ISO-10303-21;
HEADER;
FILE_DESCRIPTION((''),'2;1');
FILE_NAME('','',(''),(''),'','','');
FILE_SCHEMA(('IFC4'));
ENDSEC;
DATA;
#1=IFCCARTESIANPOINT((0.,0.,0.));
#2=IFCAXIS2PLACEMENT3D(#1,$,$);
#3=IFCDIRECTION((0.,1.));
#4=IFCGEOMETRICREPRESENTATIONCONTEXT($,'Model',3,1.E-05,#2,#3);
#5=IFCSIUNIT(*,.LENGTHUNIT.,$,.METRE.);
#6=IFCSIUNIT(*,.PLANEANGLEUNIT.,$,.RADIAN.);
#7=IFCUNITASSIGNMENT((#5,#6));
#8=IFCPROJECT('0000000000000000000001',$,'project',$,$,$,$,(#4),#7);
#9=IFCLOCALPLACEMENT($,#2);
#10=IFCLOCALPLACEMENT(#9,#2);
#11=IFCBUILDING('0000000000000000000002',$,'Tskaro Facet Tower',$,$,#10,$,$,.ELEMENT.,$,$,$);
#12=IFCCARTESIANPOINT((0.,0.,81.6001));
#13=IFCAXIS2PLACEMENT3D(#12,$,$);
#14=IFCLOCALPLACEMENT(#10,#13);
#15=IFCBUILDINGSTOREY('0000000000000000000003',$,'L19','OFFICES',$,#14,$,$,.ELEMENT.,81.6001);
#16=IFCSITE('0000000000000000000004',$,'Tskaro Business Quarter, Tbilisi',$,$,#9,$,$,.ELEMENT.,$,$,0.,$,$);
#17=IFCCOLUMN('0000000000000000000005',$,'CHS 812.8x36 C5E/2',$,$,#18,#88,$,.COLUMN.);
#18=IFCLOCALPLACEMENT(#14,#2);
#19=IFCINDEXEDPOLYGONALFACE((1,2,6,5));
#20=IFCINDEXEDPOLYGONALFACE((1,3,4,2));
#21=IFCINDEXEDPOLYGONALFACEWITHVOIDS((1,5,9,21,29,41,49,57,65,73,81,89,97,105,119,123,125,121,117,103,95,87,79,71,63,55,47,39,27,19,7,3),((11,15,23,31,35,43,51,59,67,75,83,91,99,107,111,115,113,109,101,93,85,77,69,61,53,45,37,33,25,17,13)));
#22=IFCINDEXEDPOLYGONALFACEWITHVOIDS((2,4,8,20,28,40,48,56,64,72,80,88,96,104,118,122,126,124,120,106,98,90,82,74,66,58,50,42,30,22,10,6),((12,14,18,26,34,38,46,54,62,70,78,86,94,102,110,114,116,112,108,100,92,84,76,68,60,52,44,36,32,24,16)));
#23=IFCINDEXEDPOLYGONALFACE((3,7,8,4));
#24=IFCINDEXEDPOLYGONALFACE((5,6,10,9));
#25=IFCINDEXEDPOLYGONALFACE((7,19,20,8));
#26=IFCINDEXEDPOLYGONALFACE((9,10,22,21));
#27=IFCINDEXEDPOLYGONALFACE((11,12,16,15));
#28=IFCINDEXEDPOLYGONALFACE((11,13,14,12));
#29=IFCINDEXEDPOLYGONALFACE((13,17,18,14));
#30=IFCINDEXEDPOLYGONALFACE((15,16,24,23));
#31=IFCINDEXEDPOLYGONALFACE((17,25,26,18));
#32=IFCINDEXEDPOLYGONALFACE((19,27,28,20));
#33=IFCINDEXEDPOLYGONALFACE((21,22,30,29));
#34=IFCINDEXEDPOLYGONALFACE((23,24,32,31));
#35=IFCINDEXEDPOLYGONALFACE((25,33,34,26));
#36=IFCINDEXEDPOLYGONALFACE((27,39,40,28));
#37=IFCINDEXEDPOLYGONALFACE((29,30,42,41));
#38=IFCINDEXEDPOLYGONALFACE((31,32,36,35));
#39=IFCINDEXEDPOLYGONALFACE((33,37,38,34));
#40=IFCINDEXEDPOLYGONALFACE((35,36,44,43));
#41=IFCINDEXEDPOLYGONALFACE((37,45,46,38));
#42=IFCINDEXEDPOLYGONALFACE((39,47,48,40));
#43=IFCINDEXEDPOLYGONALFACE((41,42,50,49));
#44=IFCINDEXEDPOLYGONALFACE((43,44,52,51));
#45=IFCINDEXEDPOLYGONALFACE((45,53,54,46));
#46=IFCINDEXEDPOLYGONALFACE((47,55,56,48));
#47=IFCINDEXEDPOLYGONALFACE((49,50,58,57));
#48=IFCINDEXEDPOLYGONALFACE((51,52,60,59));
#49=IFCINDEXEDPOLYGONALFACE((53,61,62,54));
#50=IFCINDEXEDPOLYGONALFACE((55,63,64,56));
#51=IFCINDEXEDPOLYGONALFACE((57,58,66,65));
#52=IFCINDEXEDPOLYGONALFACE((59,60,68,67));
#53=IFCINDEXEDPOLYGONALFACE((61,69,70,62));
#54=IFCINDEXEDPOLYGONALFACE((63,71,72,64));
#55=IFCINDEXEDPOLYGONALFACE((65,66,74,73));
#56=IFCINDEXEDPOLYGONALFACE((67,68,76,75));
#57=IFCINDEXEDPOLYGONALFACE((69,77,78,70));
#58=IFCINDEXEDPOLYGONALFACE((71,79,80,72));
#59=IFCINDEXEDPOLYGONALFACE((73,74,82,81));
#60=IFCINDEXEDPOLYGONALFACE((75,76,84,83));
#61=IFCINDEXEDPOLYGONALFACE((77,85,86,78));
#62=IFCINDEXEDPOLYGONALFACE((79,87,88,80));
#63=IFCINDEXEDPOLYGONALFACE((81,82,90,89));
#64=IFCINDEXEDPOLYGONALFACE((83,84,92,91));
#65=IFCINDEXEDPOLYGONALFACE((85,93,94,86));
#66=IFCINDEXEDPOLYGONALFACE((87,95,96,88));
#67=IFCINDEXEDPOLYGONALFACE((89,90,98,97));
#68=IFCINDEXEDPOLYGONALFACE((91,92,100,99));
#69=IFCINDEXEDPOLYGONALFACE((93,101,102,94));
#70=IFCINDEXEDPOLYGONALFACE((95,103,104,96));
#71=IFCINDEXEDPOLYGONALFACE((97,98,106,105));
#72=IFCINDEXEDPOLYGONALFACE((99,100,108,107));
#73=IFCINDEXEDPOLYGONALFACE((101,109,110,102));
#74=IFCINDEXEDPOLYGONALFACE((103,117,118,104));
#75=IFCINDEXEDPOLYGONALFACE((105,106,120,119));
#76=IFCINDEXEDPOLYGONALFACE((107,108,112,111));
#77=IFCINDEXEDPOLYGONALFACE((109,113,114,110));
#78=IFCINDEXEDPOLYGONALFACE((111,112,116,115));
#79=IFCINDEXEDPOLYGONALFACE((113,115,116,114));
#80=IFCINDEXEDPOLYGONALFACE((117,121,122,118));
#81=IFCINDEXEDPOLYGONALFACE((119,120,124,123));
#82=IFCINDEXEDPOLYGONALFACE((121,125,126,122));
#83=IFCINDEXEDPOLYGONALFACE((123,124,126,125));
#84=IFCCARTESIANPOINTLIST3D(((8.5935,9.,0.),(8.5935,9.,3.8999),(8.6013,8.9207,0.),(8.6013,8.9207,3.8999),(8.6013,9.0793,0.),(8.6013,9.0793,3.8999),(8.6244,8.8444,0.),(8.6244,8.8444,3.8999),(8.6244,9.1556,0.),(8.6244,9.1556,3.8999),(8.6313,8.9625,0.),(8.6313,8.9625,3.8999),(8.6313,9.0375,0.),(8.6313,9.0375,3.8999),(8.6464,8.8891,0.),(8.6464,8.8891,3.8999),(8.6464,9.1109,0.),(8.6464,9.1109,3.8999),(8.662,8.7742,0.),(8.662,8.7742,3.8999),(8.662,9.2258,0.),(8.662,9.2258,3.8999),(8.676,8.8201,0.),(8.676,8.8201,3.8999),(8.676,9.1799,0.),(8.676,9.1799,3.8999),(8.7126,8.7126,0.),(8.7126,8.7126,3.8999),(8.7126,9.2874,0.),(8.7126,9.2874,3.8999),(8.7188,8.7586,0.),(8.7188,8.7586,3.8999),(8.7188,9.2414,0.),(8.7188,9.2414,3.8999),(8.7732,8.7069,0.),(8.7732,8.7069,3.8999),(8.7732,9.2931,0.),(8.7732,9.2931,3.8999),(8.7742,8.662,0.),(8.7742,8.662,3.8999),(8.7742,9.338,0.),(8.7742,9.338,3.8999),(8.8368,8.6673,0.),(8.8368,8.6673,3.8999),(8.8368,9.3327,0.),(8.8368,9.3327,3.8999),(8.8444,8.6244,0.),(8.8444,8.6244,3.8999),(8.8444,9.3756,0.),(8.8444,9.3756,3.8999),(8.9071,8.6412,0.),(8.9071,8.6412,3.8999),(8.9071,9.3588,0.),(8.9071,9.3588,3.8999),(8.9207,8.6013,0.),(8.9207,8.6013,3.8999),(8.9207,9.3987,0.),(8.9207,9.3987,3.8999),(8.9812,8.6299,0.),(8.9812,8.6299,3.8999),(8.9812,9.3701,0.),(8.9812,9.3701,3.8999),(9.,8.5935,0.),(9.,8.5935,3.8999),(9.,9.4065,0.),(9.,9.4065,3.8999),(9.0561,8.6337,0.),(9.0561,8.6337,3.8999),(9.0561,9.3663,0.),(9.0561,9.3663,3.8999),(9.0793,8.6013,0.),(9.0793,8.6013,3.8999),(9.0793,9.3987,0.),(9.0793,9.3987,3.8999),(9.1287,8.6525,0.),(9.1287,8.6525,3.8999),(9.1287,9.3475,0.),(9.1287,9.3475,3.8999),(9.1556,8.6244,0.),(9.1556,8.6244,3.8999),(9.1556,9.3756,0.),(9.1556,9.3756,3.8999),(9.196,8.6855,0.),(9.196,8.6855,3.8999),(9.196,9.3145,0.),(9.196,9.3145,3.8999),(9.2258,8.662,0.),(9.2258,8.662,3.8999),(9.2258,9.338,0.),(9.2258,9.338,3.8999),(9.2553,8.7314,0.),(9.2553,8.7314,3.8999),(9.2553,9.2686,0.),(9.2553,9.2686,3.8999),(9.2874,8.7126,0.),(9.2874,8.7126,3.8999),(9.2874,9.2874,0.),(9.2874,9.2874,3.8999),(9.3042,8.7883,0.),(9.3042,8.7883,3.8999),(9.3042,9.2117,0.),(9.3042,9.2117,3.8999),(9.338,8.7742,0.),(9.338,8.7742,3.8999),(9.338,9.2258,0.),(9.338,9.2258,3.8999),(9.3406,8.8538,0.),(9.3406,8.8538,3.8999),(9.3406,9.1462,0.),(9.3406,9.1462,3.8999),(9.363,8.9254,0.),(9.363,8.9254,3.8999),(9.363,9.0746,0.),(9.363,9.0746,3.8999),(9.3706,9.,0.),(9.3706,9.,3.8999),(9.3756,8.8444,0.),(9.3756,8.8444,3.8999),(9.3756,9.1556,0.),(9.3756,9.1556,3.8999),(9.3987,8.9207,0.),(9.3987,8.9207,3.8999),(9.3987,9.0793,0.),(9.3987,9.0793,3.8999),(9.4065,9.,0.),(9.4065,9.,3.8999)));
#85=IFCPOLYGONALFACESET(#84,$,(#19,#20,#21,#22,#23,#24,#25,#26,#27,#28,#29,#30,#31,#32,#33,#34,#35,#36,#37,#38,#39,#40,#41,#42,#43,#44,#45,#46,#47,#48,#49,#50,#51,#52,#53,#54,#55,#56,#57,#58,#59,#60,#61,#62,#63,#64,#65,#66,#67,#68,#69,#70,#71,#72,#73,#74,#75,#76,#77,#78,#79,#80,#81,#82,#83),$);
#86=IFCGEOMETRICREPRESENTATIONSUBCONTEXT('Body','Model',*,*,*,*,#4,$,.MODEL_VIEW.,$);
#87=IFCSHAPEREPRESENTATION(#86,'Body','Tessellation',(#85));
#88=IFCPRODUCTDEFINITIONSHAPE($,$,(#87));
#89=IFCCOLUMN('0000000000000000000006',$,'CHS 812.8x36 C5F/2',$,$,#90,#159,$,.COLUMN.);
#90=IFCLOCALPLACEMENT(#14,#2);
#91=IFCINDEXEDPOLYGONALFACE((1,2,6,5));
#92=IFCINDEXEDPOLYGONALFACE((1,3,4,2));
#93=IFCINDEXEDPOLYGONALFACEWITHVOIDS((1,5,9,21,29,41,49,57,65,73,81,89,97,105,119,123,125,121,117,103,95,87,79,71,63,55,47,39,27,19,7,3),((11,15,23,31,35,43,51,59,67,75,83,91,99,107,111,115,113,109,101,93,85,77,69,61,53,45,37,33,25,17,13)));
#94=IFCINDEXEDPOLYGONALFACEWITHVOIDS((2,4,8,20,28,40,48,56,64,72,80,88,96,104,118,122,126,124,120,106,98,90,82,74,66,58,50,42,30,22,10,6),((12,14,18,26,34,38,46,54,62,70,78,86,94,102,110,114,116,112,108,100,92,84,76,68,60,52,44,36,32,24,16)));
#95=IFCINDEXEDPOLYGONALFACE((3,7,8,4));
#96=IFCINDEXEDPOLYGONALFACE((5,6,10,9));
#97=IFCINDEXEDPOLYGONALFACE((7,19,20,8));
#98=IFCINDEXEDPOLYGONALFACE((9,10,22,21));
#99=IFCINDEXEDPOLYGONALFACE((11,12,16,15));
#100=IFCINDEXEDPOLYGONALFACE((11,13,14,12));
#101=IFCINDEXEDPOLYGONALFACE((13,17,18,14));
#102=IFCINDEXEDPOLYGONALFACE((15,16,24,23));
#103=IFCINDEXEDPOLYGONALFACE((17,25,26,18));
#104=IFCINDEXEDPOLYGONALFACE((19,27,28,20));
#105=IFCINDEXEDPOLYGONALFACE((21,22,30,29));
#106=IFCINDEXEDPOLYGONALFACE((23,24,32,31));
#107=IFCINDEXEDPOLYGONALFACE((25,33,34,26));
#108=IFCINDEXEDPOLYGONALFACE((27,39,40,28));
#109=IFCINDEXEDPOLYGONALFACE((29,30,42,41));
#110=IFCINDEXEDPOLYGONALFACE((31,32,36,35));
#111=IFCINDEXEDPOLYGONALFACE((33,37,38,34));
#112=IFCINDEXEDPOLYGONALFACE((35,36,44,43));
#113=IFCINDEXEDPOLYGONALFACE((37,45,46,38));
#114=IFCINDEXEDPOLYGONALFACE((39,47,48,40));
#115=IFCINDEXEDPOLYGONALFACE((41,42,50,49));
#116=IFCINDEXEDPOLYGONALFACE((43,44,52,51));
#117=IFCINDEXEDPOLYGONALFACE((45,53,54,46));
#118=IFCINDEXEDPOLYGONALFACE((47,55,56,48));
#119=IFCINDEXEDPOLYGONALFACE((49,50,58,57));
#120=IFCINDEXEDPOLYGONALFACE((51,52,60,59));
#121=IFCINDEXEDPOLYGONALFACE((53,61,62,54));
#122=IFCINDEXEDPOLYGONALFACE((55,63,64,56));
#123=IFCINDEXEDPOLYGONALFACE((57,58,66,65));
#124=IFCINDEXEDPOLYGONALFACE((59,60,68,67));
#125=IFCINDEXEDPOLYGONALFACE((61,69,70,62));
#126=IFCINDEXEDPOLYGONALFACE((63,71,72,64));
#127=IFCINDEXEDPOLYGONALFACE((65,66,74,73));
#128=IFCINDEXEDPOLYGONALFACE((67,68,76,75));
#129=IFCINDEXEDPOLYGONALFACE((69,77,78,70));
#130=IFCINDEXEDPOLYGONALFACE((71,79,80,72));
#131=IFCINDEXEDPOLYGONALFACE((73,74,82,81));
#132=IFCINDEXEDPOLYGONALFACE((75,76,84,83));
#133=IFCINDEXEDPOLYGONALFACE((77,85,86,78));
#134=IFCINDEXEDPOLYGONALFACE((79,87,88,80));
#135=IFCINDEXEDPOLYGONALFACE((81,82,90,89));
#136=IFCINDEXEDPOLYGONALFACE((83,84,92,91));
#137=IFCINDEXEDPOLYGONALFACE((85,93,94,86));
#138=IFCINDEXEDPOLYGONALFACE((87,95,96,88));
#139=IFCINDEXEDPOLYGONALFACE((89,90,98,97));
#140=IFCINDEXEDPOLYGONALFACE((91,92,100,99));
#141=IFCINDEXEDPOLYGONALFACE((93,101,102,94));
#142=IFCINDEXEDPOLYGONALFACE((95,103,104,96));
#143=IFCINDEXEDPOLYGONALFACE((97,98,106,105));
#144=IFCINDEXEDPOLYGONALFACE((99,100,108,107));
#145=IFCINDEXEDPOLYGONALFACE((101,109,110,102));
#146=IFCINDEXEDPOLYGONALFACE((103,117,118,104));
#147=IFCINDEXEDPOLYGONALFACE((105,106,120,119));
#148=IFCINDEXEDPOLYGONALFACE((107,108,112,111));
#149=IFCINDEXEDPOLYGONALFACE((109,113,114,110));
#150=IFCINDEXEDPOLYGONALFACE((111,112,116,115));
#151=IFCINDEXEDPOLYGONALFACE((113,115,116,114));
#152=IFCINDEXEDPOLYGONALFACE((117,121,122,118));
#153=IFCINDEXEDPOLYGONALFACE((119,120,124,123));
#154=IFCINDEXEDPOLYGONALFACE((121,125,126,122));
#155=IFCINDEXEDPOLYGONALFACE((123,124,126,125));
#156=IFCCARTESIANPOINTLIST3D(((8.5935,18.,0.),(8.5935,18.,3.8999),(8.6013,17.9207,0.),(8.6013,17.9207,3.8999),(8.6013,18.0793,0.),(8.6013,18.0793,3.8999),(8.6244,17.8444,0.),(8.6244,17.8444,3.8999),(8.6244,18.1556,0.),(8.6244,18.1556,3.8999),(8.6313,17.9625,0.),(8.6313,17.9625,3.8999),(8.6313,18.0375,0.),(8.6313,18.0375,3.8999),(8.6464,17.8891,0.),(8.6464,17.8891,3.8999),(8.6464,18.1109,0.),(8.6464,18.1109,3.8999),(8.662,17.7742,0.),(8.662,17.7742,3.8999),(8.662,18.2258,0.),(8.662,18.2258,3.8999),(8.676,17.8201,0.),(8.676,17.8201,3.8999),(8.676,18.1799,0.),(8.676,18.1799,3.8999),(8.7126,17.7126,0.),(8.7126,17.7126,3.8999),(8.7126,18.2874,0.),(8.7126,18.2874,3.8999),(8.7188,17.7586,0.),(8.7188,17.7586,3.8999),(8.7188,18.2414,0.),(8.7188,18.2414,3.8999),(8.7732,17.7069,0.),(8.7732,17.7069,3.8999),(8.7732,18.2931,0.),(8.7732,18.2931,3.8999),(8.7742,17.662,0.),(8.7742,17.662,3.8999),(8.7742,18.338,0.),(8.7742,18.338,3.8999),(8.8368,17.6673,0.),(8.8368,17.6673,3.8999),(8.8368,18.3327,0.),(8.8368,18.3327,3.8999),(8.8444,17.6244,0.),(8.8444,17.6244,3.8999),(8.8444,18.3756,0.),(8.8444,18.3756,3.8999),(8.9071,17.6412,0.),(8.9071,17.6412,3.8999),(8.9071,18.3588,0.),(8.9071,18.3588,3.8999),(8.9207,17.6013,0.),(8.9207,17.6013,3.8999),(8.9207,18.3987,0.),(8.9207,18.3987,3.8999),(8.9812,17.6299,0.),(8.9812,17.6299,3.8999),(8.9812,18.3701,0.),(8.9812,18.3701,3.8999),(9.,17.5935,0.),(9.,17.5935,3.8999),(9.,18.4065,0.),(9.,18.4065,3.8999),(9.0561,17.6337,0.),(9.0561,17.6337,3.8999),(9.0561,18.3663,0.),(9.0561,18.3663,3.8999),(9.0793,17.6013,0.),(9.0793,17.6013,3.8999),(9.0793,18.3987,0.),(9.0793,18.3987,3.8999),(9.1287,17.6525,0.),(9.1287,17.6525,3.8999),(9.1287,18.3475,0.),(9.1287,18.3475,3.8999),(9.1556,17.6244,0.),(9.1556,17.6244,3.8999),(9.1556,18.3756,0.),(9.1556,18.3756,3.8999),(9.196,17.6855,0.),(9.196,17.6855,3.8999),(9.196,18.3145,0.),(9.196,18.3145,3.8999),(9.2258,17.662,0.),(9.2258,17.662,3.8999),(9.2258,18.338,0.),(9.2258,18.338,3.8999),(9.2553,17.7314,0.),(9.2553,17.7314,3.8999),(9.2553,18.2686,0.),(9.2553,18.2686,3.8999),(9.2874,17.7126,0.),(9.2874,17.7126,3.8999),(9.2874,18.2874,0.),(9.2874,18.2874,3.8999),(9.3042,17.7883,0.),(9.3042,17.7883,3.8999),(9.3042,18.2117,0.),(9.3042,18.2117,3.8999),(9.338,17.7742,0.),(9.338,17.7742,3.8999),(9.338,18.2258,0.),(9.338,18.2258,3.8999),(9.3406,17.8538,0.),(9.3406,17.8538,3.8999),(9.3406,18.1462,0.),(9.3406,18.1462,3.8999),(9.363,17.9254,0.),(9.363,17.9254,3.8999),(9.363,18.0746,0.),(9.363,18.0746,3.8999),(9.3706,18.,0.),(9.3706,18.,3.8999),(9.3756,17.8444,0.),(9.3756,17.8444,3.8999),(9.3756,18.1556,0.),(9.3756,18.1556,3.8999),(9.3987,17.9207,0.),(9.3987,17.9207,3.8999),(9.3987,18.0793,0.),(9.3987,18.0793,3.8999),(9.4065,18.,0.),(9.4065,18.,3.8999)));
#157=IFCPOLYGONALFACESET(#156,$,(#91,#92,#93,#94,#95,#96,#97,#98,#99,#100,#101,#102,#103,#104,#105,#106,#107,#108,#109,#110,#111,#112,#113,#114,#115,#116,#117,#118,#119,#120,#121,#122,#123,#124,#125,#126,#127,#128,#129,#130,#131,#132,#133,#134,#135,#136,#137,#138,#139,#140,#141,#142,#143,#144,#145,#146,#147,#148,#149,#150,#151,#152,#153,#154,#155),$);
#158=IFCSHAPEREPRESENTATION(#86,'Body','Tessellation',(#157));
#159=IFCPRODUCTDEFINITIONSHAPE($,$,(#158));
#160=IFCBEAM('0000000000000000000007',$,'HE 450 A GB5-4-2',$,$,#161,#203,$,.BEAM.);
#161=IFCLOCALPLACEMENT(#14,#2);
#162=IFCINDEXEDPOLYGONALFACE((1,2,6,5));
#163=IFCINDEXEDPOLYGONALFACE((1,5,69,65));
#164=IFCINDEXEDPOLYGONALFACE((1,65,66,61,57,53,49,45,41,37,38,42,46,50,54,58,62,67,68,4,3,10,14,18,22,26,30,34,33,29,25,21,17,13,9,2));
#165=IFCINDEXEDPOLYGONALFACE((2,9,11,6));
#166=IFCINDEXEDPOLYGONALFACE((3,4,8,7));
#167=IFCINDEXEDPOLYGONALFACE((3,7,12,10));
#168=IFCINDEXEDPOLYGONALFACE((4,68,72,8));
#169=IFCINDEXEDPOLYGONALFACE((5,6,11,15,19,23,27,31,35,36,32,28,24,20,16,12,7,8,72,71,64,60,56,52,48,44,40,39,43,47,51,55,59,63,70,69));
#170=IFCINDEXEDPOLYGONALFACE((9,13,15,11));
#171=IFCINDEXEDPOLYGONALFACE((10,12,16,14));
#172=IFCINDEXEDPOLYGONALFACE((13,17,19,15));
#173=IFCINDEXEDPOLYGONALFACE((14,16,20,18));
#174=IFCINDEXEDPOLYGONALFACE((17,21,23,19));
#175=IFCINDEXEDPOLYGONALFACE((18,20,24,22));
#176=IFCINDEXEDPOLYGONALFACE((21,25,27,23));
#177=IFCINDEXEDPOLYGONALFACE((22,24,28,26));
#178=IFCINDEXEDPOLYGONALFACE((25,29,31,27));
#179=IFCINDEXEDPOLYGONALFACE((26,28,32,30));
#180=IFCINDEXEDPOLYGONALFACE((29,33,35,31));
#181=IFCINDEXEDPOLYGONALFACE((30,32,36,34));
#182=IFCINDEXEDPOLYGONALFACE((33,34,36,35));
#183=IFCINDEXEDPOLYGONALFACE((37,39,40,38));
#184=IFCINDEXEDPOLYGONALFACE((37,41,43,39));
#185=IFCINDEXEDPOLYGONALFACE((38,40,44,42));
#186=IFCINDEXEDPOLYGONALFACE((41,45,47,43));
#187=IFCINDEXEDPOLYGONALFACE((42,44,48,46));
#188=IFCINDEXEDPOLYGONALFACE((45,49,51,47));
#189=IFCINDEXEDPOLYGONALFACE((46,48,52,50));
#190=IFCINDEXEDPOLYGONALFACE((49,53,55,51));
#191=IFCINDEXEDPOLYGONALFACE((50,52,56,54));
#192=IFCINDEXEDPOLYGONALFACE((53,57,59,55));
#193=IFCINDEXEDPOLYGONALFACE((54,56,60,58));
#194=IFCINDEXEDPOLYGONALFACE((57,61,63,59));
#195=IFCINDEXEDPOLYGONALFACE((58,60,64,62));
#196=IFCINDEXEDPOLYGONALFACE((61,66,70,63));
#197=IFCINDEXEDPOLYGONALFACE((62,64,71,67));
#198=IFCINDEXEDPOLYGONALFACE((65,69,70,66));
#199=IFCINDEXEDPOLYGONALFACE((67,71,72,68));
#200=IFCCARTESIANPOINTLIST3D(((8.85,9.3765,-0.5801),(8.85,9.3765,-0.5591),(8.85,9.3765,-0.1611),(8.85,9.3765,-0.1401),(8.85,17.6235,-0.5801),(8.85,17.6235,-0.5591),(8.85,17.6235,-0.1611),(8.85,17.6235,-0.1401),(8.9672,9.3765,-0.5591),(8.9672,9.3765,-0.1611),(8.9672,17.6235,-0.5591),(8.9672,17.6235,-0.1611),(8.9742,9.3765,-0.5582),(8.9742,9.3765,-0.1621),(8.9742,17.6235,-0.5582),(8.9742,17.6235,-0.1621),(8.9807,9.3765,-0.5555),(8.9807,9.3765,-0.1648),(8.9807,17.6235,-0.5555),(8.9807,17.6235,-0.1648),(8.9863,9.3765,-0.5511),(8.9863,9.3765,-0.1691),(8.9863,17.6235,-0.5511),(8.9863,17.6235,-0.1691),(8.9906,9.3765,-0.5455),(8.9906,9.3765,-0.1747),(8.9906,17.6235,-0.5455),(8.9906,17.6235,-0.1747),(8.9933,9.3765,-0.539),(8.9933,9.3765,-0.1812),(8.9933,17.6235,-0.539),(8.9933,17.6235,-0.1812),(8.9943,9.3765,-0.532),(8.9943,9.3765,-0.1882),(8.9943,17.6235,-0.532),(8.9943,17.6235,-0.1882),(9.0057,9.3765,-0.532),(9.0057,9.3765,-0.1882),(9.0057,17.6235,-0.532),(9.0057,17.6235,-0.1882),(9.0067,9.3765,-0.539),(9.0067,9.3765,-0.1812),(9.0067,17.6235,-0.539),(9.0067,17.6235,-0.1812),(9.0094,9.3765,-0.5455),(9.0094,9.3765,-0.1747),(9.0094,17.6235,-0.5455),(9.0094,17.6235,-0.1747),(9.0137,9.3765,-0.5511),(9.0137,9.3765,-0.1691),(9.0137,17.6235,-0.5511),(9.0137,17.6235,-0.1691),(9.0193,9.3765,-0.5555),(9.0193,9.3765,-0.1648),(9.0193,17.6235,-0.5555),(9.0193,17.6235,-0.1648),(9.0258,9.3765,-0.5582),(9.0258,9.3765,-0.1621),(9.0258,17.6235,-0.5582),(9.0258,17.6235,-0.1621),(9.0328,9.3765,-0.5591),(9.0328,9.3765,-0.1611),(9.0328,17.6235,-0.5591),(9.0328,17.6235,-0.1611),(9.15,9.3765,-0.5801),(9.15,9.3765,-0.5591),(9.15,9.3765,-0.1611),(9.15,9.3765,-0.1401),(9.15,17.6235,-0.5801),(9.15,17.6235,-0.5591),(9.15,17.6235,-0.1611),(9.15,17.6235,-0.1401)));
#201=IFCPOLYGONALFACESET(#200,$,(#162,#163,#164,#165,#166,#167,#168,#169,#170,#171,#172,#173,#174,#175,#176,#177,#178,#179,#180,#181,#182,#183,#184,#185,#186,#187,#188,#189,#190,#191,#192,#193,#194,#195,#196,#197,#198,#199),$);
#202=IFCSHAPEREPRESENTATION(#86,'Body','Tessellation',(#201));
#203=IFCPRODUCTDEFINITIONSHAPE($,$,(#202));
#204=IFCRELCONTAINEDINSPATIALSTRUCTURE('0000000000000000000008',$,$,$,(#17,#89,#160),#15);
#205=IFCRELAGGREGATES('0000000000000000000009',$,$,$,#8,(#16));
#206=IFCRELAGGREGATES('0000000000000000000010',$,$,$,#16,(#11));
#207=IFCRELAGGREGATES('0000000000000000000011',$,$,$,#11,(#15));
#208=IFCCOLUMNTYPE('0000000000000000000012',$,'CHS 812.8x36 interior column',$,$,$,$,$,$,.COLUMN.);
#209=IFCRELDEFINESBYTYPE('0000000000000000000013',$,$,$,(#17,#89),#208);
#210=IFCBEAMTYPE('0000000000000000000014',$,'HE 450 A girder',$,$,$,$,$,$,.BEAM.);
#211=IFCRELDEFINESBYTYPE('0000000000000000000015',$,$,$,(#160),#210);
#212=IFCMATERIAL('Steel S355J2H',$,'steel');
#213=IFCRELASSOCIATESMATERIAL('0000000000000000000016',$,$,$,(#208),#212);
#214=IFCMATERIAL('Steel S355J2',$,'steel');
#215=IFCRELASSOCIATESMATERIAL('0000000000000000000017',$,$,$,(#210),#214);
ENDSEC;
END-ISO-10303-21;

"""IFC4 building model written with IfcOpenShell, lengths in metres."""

from ifc_helpers import new_model, si_unit, direction, frame, origin, origin_2d, place, context, subcontext, project, spatial, hollow_circle, i_section, extrude, material, material_profile, profile_set, type_object, element, save


model = new_model("IFC4")

# Units and contexts
model_context = context("Model", 3, precision=1e-05, world=origin(), true_north=direction((0.0, 1.0)))
body_context = subcontext(model_context, "Body", "Model", "MODEL_VIEW")
ifc_project = project(units=[si_unit("LENGTHUNIT", "METRE"), si_unit("PLANEANGLEUNIT", "RADIAN")], contexts=[model_context])

# Site, building, storey
site_placement = place(None, origin())
site = spatial("IfcSite", under=ifc_project, at=site_placement, Name="Tskaro Business Quarter, Tbilisi", CompositionType="ELEMENT", RefElevation=0.0)
building_placement = place(site_placement, origin())
building = spatial("IfcBuilding", under=site, at=building_placement, Name="Tskaro Facet Tower", CompositionType="ELEMENT")
storey_placement = place(building_placement, frame((0.0, 0.0, 81.6001)))
storey = spatial("IfcBuildingStorey", under=building, at=storey_placement, Name="L19", Description="OFFICES", CompositionType="ELEMENT", Elevation=81.6001)

# Columns
ifc_material_1 = material(Name="Steel S355J2H", Category="steel")
ifc_material_profile_1 = material_profile(ifc_material_1, hollow_circle(Radius=0.4065, WallThickness=0.0359, at=origin_2d()), Name="CHS 812.8x36")
ifc_profile_set_1 = profile_set([ifc_material_profile_1], Name="Steel S355J2H")
column_type = type_object("IfcColumnType", Name="CHS 812.8x36 interior column", PredefinedType="COLUMN", material=ifc_profile_set_1)
for number, where, z_axis, x_axis, name in (
    (1, (9.0, 9.0, 0.0), (0.0, 0.0, 1.0), (1.0, 0.0, 0.0), "CHS 812.8x36 C5E/2"),
    (2, (9.0, 18.0, 0.0), (0.0, 0.0, 1.0), (1.0, 0.0, 0.0), "CHS 812.8x36 C5F/2"),
):
    element("IfcColumn", number, at=place(storey_placement, frame(where, z_axis=z_axis, x_axis=x_axis)), inside=storey, type_object=column_type, Name=name, PredefinedType="COLUMN", context=body_context, shape_type="SweptSolid", body=[
        extrude(hollow_circle(Radius=0.4065, WallThickness=0.0359, at=origin_2d()), origin(), (0.0, 0.0, 1.0), 3.8999),
    ])

# Beam
ifc_material_2 = material(Name="Steel S355J2", Category="steel")
ifc_material_profile_2 = material_profile(ifc_material_2, i_section(OverallWidth=0.3, OverallDepth=0.4399, WebThickness=0.0115, FlangeThickness=0.021, FilletRadius=0.0271, at=origin_2d()), Name="HE 450 A")
ifc_profile_set_2 = profile_set([ifc_material_profile_2], Name="Steel S355J2")
beam_type_1 = type_object("IfcBeamType", Name="HE 450 A girder", PredefinedType="BEAM", material=ifc_profile_set_2)
beam_1_placement = place(storey_placement, frame((9.0, 9.3765, -0.3601), z_axis=(0.0, 1.0, 0.0), x_axis=(-1.0, 0.0, 0.0)))
element("IfcBeam", 3, at=beam_1_placement, inside=storey, type_object=beam_type_1, Name="HE 450 A GB5-4-2", PredefinedType="BEAM", context=body_context, shape_type="SweptSolid", body=[
    extrude(i_section(OverallWidth=0.3, OverallDepth=0.4399, WebThickness=0.0115, FlangeThickness=0.021, FilletRadius=0.0271, at=origin_2d()), origin(), (0.0, 0.0, 1.0), 8.2471),
])

save(model, "model.ifc")
